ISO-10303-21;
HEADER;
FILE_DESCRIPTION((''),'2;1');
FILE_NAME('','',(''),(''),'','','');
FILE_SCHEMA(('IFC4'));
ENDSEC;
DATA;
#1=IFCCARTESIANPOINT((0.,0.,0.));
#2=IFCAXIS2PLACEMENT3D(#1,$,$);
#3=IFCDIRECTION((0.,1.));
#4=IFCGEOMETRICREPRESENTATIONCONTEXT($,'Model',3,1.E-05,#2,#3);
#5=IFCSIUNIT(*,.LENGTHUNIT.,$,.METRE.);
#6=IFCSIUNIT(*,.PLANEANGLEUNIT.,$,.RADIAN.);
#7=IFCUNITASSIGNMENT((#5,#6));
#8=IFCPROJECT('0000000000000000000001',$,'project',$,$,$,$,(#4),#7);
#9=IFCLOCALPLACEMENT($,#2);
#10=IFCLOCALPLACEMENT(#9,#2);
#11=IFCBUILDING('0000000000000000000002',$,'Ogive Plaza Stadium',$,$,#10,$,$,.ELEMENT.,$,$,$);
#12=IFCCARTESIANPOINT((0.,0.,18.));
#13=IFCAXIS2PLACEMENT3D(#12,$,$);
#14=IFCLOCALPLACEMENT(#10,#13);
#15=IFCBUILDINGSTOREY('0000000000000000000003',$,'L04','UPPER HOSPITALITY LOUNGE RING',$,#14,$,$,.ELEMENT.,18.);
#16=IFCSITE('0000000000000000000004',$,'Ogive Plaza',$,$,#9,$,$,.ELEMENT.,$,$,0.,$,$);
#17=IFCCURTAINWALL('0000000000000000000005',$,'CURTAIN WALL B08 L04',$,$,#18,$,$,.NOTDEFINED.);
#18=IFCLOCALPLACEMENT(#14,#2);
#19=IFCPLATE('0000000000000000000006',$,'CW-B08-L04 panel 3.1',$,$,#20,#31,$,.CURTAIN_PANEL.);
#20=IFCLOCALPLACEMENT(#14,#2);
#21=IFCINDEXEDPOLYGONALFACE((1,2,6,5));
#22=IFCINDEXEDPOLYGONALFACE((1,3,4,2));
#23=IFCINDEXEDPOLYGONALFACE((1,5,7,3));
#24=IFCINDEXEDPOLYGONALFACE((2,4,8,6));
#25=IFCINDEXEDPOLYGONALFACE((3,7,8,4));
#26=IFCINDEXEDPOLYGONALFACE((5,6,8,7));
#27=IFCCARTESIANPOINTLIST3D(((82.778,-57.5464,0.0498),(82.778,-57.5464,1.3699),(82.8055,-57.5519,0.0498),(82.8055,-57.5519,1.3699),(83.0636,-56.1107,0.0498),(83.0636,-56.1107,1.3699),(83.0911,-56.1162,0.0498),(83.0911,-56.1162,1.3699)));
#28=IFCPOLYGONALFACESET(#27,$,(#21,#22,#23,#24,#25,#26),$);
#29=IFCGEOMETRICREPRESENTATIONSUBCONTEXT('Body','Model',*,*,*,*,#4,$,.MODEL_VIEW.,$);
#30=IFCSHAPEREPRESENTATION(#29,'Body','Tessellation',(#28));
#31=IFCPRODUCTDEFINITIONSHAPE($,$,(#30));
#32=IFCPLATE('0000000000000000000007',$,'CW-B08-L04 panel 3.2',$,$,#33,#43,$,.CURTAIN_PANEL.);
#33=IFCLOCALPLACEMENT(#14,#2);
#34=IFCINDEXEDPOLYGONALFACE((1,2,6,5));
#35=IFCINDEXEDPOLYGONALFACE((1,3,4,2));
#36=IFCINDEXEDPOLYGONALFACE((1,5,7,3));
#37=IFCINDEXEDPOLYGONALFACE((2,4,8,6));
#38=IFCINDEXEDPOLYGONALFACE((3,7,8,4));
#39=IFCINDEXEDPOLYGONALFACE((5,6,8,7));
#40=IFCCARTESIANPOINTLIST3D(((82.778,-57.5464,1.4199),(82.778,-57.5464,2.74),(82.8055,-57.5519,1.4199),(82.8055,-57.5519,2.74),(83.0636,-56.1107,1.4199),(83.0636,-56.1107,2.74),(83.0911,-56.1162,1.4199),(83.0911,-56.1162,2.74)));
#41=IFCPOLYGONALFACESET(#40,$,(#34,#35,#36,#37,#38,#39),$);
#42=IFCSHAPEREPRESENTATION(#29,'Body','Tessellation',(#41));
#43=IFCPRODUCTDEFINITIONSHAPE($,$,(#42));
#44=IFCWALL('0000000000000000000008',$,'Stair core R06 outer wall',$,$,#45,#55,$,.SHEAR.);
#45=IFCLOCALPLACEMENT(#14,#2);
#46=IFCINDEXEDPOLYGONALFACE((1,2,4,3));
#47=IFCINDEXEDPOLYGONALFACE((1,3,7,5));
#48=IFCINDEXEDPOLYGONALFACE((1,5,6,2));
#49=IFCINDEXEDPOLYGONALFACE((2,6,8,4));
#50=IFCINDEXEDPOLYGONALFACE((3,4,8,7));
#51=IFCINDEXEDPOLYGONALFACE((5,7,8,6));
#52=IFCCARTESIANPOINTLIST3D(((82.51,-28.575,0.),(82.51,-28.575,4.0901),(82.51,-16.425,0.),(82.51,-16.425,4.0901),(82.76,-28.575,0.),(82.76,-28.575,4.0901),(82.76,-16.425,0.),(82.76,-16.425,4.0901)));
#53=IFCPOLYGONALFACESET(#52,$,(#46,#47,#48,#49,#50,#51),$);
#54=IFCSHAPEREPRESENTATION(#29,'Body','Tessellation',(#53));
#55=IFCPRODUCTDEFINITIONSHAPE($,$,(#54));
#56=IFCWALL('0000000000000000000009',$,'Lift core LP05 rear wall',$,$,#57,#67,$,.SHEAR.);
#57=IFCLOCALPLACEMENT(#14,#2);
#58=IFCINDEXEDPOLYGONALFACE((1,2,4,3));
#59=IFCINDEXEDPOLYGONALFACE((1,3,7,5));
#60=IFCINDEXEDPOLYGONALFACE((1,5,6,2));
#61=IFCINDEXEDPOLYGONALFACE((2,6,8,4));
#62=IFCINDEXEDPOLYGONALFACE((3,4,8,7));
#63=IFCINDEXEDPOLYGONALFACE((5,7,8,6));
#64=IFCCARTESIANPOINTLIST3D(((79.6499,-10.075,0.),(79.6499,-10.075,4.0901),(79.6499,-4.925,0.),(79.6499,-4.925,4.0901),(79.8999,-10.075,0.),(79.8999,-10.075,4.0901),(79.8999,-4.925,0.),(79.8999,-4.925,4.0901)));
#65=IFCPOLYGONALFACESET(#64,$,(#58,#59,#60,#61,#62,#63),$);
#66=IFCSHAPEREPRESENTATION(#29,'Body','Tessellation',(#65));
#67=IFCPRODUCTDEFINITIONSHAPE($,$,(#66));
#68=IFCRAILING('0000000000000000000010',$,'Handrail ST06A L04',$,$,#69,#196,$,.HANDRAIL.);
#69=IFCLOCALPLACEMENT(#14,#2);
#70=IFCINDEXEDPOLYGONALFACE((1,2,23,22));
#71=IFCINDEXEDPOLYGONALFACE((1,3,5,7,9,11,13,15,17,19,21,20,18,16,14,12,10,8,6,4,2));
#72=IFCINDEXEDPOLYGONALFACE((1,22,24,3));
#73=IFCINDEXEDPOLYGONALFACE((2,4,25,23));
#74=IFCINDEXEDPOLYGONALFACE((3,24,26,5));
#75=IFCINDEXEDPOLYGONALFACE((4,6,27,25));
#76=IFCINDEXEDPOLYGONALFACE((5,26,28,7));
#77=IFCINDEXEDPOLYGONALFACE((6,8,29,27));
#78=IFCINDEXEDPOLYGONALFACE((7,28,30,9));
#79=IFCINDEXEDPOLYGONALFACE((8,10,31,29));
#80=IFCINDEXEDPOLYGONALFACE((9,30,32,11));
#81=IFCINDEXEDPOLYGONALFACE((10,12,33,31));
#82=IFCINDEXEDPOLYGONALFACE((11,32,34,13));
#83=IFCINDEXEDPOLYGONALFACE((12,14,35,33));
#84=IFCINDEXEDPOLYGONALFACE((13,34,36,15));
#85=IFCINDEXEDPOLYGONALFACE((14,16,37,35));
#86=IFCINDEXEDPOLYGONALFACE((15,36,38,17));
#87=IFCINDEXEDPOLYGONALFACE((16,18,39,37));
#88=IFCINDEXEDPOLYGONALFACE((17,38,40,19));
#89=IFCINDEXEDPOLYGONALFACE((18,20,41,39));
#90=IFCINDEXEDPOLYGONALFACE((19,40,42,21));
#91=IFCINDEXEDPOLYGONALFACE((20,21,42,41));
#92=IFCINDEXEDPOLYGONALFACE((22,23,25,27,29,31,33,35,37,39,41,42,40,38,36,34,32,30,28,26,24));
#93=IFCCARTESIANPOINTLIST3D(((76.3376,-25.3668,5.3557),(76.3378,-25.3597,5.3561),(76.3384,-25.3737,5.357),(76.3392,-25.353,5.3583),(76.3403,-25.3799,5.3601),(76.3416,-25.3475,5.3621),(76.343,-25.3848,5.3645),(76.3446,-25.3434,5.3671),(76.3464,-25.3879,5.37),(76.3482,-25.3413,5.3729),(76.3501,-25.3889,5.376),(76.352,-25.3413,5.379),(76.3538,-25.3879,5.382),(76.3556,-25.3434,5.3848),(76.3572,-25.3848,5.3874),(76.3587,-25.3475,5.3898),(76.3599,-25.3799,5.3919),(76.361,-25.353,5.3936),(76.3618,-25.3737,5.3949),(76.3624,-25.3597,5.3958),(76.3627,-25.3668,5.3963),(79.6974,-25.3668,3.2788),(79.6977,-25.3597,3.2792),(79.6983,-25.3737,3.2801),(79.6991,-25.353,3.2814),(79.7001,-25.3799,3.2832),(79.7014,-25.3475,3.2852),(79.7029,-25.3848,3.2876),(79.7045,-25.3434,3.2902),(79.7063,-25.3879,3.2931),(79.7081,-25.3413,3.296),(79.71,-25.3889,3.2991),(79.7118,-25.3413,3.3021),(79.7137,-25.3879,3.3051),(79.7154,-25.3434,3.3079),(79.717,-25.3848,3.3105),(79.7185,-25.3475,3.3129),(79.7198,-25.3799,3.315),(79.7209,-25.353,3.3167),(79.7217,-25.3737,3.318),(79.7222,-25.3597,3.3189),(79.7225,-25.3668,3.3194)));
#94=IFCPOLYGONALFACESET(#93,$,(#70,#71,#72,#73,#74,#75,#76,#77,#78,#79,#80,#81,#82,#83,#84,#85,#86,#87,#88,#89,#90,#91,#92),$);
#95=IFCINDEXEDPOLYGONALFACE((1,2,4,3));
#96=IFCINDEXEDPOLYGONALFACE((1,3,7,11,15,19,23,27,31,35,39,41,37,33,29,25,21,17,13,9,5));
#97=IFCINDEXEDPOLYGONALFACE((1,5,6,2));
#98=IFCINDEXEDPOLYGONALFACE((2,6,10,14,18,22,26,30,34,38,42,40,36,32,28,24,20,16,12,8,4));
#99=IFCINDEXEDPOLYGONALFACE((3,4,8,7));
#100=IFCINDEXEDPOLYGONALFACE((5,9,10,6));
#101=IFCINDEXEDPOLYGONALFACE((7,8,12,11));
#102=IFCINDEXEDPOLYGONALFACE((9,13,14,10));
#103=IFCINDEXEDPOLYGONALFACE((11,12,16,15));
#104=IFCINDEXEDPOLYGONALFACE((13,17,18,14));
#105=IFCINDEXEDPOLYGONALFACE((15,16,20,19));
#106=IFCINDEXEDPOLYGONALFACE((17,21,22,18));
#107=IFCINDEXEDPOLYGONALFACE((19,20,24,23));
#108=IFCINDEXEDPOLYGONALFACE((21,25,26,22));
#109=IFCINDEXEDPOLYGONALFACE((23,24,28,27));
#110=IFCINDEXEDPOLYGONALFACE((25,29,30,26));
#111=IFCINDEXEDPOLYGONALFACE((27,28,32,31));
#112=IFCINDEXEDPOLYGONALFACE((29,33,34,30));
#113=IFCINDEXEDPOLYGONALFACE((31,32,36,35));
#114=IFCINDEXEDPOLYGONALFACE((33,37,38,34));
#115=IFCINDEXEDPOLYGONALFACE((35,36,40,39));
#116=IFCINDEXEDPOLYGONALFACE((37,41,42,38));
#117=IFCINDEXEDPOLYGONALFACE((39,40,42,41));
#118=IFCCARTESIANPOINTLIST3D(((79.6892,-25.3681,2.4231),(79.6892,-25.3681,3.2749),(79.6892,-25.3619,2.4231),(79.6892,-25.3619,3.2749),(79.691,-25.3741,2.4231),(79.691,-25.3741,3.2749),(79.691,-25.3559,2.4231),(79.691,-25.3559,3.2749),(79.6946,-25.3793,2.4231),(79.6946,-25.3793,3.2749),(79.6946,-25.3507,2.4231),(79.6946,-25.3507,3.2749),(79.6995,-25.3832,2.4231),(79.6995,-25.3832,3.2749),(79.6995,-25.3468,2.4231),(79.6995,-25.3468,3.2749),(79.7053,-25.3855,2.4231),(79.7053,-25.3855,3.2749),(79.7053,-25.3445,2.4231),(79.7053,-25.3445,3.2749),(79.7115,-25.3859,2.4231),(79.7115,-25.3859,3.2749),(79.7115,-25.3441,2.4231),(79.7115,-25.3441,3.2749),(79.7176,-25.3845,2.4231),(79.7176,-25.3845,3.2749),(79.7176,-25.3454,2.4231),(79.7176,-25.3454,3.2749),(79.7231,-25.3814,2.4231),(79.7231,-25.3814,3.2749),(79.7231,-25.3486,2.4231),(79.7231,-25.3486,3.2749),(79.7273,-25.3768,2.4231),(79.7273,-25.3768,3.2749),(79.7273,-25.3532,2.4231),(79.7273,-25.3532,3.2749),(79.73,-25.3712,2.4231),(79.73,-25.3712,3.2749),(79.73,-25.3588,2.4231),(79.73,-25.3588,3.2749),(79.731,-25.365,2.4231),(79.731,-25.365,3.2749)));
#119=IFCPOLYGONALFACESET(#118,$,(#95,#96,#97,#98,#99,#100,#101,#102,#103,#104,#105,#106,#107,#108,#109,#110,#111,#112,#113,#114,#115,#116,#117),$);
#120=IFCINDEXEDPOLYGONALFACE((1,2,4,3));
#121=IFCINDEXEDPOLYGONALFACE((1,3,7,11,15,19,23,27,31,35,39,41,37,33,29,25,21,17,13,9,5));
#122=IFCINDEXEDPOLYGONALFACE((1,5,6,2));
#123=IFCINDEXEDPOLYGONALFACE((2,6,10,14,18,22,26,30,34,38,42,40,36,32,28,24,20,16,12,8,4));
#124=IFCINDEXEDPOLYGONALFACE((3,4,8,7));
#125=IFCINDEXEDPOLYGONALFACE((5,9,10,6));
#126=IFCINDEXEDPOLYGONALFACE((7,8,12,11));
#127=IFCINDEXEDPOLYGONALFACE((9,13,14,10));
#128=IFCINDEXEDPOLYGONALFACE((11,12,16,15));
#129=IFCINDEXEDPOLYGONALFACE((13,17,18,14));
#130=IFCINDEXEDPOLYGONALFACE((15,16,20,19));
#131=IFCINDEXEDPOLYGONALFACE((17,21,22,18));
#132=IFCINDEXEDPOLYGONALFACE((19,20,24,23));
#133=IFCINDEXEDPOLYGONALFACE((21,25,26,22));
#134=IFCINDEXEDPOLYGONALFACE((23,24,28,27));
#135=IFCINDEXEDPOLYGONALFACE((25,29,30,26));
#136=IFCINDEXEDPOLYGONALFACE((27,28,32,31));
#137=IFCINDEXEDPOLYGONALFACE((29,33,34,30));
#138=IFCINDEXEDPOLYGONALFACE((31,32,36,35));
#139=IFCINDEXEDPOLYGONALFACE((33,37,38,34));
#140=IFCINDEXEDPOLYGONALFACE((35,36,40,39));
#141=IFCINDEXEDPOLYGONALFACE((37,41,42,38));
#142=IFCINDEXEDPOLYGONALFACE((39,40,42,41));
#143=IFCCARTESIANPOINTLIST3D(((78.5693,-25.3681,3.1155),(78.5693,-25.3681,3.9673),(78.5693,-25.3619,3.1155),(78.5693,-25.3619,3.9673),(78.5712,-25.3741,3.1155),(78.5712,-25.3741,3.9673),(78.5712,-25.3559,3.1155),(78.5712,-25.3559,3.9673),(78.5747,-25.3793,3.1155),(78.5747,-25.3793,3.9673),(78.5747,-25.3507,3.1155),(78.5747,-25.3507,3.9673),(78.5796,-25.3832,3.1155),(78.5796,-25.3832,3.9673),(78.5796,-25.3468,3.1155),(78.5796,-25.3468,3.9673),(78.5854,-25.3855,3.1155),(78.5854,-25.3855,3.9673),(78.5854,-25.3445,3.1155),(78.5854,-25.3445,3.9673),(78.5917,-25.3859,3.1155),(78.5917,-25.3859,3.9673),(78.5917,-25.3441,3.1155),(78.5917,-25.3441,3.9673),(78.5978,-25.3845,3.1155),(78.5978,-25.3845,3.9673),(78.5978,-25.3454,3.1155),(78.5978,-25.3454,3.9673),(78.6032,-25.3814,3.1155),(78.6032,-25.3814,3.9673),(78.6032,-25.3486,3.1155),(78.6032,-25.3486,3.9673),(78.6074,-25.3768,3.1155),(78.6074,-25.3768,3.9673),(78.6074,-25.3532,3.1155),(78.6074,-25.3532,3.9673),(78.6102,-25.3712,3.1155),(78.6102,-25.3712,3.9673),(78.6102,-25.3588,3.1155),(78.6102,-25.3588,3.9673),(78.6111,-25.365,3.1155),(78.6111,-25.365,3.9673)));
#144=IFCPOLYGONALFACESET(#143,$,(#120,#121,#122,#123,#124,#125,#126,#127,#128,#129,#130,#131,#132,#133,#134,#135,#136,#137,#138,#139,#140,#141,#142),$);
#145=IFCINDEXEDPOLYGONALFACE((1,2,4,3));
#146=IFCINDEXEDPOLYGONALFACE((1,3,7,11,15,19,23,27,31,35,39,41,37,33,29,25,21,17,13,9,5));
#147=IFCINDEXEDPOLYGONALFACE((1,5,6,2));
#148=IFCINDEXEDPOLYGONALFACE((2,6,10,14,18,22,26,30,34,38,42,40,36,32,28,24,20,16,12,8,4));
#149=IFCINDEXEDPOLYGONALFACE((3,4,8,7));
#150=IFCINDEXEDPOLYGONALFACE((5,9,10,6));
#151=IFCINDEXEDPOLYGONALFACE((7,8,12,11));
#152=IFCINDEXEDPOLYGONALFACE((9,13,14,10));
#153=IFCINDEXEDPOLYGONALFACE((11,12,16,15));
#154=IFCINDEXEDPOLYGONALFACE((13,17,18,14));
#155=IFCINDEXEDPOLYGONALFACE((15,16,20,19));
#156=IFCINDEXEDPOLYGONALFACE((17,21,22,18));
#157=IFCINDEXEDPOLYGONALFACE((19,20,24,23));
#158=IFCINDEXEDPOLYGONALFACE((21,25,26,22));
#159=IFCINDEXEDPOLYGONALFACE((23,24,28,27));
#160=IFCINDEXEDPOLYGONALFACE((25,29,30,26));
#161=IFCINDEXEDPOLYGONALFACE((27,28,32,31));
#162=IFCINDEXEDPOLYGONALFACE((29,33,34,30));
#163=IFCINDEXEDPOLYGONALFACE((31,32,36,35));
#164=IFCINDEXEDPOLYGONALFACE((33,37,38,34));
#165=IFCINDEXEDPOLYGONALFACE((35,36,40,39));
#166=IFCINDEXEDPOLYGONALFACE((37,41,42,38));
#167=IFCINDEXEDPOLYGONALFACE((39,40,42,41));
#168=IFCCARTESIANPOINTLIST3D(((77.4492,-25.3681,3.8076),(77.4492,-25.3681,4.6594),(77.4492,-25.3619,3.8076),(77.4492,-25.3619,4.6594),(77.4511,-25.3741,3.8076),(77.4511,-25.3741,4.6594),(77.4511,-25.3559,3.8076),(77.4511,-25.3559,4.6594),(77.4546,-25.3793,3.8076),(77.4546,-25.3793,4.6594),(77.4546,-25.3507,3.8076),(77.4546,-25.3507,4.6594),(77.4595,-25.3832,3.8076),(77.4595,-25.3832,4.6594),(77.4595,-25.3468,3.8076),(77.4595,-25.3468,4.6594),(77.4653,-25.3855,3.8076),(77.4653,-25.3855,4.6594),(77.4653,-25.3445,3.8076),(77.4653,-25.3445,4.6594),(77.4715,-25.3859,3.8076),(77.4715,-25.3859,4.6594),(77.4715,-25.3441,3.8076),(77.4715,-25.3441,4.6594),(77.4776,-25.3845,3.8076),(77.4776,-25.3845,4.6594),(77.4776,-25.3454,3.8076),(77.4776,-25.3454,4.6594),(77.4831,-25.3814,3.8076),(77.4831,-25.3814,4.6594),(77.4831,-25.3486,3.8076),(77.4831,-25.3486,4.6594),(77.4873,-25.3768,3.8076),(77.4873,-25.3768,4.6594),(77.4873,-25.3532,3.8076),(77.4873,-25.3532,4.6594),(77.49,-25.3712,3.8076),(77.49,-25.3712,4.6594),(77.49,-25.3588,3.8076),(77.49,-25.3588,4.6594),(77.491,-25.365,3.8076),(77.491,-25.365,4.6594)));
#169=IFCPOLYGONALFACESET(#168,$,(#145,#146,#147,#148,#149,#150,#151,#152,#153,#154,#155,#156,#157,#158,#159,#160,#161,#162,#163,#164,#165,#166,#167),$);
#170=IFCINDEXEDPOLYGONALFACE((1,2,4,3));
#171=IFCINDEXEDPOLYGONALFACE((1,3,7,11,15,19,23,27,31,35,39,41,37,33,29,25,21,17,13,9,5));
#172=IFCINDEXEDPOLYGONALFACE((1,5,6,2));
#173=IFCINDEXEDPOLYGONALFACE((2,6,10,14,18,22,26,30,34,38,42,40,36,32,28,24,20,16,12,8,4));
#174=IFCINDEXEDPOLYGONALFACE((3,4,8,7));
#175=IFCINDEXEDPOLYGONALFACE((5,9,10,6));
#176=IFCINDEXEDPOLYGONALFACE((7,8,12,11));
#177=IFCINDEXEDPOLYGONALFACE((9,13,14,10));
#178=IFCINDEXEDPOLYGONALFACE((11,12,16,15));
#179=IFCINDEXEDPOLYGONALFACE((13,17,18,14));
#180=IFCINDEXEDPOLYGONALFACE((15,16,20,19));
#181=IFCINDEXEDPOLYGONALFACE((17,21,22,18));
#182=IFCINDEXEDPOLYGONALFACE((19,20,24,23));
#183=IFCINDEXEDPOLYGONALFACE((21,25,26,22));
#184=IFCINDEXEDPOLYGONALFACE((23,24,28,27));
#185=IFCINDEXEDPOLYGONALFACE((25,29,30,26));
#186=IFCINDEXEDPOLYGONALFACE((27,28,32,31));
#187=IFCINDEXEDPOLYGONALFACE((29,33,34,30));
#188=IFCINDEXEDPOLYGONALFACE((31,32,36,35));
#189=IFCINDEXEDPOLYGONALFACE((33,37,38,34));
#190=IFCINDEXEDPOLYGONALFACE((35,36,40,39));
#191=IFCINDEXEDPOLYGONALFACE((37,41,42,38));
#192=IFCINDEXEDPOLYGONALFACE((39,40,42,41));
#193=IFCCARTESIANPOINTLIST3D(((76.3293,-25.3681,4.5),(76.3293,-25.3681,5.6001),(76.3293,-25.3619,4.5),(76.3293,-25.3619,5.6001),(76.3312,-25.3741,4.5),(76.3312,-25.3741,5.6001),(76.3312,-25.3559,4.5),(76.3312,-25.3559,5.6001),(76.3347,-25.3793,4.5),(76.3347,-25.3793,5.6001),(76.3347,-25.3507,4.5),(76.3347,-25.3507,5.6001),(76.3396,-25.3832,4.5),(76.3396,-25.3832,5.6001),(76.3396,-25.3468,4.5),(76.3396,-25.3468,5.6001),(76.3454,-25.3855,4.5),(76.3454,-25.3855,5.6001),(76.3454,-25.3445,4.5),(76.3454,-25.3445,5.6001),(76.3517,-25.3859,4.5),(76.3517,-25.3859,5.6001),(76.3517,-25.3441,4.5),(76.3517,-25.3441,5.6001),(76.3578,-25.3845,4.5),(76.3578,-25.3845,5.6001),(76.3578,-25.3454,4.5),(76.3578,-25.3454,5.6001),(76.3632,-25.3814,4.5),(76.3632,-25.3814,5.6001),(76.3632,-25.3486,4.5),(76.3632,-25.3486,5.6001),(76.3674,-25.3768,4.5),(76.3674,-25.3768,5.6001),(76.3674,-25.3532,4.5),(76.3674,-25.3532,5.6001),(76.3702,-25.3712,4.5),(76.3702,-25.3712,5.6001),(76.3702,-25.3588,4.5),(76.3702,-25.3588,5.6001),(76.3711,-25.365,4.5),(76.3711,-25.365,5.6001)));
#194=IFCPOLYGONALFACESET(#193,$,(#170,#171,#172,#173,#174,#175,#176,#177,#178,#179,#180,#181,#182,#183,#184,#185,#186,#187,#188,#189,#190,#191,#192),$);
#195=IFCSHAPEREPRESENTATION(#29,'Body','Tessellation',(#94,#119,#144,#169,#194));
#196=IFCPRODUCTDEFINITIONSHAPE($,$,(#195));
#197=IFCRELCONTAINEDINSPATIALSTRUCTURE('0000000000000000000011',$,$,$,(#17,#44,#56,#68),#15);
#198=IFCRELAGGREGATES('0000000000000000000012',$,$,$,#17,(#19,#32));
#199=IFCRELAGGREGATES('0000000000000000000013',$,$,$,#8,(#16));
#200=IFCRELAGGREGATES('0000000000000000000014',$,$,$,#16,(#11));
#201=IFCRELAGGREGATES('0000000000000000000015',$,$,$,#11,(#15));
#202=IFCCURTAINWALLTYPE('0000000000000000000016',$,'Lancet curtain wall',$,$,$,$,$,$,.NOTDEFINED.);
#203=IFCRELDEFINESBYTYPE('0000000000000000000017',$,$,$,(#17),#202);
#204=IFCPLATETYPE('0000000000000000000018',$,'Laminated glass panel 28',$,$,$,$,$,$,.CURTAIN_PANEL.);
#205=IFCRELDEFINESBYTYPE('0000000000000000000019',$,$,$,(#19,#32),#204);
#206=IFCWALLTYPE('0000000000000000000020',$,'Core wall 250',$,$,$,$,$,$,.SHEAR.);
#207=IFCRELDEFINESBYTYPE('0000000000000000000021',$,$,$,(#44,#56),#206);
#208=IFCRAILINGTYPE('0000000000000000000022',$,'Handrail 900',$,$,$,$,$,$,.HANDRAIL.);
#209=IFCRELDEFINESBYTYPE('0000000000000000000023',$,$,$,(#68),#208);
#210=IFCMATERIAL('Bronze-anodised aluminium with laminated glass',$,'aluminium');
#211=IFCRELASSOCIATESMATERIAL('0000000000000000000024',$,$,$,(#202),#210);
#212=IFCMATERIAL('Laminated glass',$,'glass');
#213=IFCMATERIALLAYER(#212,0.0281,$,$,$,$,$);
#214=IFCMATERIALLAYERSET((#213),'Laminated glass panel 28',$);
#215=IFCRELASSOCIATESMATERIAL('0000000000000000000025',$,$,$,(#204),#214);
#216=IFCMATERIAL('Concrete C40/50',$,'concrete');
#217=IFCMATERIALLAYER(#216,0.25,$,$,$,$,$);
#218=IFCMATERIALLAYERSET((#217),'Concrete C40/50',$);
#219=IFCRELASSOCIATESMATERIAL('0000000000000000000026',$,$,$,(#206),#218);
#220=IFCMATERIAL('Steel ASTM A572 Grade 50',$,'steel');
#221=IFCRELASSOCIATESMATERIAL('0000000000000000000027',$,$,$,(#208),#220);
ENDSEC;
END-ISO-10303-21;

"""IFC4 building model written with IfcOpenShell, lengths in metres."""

from ifc_helpers import new_model, si_unit, direction, frame, frame_2d, origin, origin_2d, place, context, subcontext, project, spatial, rectangle, circle, extrude, material, layer, layer_set, type_object, element, aggregate, save


model = new_model("IFC4")

# Units and contexts
model_context = context("Model", 3, precision=1e-05, world=origin(), true_north=direction((0.0, 1.0)))
body_context = subcontext(model_context, "Body", "Model", "MODEL_VIEW")
ifc_project = project(units=[si_unit("LENGTHUNIT", "METRE"), si_unit("PLANEANGLEUNIT", "RADIAN")], contexts=[model_context])

# Site, building, storey
site_placement = place(None, origin())
site = spatial("IfcSite", under=ifc_project, at=site_placement, Name="Ogive Plaza", CompositionType="ELEMENT", RefElevation=0.0)
building_placement = place(site_placement, origin())
building = spatial("IfcBuilding", under=site, at=building_placement, Name="Ogive Plaza Stadium", CompositionType="ELEMENT")
storey_placement = place(building_placement, frame((0.0, 0.0, 18.0)))
storey = spatial("IfcBuildingStorey", under=building, at=storey_placement, Name="L04", Description="UPPER HOSPITALITY LOUNGE RING", CompositionType="ELEMENT", Elevation=18.0)

# Curtain wall, plates
ifc_material_1 = material(Name="Bronze-anodised aluminium with laminated glass", Category="aluminium")
curtain_wall_type = type_object("IfcCurtainWallType", Name="Lancet curtain wall", PredefinedType="NOTDEFINED", material=ifc_material_1)
curtain_wall_placement = place(storey_placement, origin())
curtain_wall = element("IfcCurtainWall", 1, at=curtain_wall_placement, inside=storey, type_object=curtain_wall_type, Name="CURTAIN WALL B08 L04", PredefinedType="NOTDEFINED")
ifc_material_2 = material(Name="Laminated glass", Category="glass")
ifc_layer_1 = layer(ifc_material_2, 0.0281)
ifc_layer_set_1 = layer_set([ifc_layer_1], Name="Laminated glass panel 28")
plate_type = type_object("IfcPlateType", Name="Laminated glass panel 28", PredefinedType="CURTAIN_PANEL", material=ifc_layer_set_1)
plate_1_placement = place(storey_placement, frame((82.9346, -56.8313, 0.0498), z_axis=(0.0, 0.0, 1.0), x_axis=(-0.19509, -0.980785, 0.0)))
plate_1 = element("IfcPlate", 2, at=plate_1_placement, type_object=plate_type, Name="CW-B08-L04 panel 3.1", PredefinedType="CURTAIN_PANEL", context=body_context, shape_type="SweptSolid", body=[
    extrude(rectangle(XDim=1.4639, YDim=0.0281, at=origin_2d()), origin(), (0.0, 0.0, 1.0), 1.3201),
])
plate_2_placement = place(storey_placement, frame((82.9346, -56.8313, 1.4199), z_axis=(0.0, 0.0, 1.0), x_axis=(-0.19509, -0.980785, 0.0)))
plate_2 = element("IfcPlate", 3, at=plate_2_placement, type_object=plate_type, Name="CW-B08-L04 panel 3.2", PredefinedType="CURTAIN_PANEL", context=body_context, shape_type="SweptSolid", body=[
    extrude(rectangle(XDim=1.4639, YDim=0.0281, at=origin_2d()), origin(), (0.0, 0.0, 1.0), 1.3201),
])
aggregate(curtain_wall, [plate_1, plate_2])

# Walls
ifc_material_3 = material(Name="Concrete C40/50", Category="concrete")
ifc_layer_2 = layer(ifc_material_3, 0.25)
ifc_layer_set_2 = layer_set([ifc_layer_2], Name="Concrete C40/50")
wall_type = type_object("IfcWallType", Name="Core wall 250", PredefinedType="SHEAR", material=ifc_layer_set_2)
wall_1_placement = place(storey_placement, frame((82.635, -28.575, 0.0), z_axis=(0.0, 0.0, 1.0), x_axis=(0.0, 1.0, 0.0)))
element("IfcWall", 4, at=wall_1_placement, inside=storey, type_object=wall_type, Name="Stair core R06 outer wall", PredefinedType="SHEAR", context=body_context, shape_type="SweptSolid", body=[
    extrude(rectangle(XDim=12.1499, YDim=0.25, at=frame_2d((6.075, 0.0))), origin(), (0.0, 0.0, 1.0), 4.0901),
])
wall_2_placement = place(storey_placement, frame((79.7749, -10.075, 0.0), z_axis=(0.0, 0.0, 1.0), x_axis=(0.0, 1.0, 0.0)))
element("IfcWall", 5, at=wall_2_placement, inside=storey, type_object=wall_type, Name="Lift core LP05 rear wall", PredefinedType="SHEAR", context=body_context, shape_type="SweptSolid", body=[
    extrude(rectangle(XDim=5.1499, YDim=0.25, at=frame_2d((2.575, 0.0))), origin(), (0.0, 0.0, 1.0), 4.0901),
])

# Railing
ifc_material_4 = material(Name="Steel ASTM A572 Grade 50", Category="steel")
railing_type = type_object("IfcRailingType", Name="Handrail 900", PredefinedType="HANDRAIL", material=ifc_material_4)
for number, where, name in (
    (6, (79.71, -25.365, 2.4231), "Handrail ST06A L04"),
):
    element("IfcRailing", number, at=place(storey_placement, frame(where)), inside=storey, type_object=railing_type, Name=name, PredefinedType="HANDRAIL", context=body_context, shape_type="SweptSolid", body=[
        extrude(circle(Radius=0.0239, at=origin_2d()), frame((0.0, 0.0, 0.876), z_axis=(-0.850606, 0.0, 0.525803), x_axis=(0.0, -1.0, 0.0)), (0.0, 0.0, 1.0), 3.95),
        extrude(circle(Radius=0.021, at=origin_2d()), origin(), (0.0, 0.0, 1.0), 0.8518),
        extrude(circle(Radius=0.021, at=origin_2d()), frame((-1.1199, 0.0, 0.6924)), (0.0, 0.0, 1.0), 0.8518),
        extrude(circle(Radius=0.021, at=origin_2d()), frame((-2.24, 0.0, 1.3845)), (0.0, 0.0, 1.0), 0.8518),
        extrude(circle(Radius=0.021, at=origin_2d()), frame((-3.3599, 0.0, 2.0769)), (0.0, 0.0, 1.0), 1.1001),
    ])

save(model, "model.ifc")
